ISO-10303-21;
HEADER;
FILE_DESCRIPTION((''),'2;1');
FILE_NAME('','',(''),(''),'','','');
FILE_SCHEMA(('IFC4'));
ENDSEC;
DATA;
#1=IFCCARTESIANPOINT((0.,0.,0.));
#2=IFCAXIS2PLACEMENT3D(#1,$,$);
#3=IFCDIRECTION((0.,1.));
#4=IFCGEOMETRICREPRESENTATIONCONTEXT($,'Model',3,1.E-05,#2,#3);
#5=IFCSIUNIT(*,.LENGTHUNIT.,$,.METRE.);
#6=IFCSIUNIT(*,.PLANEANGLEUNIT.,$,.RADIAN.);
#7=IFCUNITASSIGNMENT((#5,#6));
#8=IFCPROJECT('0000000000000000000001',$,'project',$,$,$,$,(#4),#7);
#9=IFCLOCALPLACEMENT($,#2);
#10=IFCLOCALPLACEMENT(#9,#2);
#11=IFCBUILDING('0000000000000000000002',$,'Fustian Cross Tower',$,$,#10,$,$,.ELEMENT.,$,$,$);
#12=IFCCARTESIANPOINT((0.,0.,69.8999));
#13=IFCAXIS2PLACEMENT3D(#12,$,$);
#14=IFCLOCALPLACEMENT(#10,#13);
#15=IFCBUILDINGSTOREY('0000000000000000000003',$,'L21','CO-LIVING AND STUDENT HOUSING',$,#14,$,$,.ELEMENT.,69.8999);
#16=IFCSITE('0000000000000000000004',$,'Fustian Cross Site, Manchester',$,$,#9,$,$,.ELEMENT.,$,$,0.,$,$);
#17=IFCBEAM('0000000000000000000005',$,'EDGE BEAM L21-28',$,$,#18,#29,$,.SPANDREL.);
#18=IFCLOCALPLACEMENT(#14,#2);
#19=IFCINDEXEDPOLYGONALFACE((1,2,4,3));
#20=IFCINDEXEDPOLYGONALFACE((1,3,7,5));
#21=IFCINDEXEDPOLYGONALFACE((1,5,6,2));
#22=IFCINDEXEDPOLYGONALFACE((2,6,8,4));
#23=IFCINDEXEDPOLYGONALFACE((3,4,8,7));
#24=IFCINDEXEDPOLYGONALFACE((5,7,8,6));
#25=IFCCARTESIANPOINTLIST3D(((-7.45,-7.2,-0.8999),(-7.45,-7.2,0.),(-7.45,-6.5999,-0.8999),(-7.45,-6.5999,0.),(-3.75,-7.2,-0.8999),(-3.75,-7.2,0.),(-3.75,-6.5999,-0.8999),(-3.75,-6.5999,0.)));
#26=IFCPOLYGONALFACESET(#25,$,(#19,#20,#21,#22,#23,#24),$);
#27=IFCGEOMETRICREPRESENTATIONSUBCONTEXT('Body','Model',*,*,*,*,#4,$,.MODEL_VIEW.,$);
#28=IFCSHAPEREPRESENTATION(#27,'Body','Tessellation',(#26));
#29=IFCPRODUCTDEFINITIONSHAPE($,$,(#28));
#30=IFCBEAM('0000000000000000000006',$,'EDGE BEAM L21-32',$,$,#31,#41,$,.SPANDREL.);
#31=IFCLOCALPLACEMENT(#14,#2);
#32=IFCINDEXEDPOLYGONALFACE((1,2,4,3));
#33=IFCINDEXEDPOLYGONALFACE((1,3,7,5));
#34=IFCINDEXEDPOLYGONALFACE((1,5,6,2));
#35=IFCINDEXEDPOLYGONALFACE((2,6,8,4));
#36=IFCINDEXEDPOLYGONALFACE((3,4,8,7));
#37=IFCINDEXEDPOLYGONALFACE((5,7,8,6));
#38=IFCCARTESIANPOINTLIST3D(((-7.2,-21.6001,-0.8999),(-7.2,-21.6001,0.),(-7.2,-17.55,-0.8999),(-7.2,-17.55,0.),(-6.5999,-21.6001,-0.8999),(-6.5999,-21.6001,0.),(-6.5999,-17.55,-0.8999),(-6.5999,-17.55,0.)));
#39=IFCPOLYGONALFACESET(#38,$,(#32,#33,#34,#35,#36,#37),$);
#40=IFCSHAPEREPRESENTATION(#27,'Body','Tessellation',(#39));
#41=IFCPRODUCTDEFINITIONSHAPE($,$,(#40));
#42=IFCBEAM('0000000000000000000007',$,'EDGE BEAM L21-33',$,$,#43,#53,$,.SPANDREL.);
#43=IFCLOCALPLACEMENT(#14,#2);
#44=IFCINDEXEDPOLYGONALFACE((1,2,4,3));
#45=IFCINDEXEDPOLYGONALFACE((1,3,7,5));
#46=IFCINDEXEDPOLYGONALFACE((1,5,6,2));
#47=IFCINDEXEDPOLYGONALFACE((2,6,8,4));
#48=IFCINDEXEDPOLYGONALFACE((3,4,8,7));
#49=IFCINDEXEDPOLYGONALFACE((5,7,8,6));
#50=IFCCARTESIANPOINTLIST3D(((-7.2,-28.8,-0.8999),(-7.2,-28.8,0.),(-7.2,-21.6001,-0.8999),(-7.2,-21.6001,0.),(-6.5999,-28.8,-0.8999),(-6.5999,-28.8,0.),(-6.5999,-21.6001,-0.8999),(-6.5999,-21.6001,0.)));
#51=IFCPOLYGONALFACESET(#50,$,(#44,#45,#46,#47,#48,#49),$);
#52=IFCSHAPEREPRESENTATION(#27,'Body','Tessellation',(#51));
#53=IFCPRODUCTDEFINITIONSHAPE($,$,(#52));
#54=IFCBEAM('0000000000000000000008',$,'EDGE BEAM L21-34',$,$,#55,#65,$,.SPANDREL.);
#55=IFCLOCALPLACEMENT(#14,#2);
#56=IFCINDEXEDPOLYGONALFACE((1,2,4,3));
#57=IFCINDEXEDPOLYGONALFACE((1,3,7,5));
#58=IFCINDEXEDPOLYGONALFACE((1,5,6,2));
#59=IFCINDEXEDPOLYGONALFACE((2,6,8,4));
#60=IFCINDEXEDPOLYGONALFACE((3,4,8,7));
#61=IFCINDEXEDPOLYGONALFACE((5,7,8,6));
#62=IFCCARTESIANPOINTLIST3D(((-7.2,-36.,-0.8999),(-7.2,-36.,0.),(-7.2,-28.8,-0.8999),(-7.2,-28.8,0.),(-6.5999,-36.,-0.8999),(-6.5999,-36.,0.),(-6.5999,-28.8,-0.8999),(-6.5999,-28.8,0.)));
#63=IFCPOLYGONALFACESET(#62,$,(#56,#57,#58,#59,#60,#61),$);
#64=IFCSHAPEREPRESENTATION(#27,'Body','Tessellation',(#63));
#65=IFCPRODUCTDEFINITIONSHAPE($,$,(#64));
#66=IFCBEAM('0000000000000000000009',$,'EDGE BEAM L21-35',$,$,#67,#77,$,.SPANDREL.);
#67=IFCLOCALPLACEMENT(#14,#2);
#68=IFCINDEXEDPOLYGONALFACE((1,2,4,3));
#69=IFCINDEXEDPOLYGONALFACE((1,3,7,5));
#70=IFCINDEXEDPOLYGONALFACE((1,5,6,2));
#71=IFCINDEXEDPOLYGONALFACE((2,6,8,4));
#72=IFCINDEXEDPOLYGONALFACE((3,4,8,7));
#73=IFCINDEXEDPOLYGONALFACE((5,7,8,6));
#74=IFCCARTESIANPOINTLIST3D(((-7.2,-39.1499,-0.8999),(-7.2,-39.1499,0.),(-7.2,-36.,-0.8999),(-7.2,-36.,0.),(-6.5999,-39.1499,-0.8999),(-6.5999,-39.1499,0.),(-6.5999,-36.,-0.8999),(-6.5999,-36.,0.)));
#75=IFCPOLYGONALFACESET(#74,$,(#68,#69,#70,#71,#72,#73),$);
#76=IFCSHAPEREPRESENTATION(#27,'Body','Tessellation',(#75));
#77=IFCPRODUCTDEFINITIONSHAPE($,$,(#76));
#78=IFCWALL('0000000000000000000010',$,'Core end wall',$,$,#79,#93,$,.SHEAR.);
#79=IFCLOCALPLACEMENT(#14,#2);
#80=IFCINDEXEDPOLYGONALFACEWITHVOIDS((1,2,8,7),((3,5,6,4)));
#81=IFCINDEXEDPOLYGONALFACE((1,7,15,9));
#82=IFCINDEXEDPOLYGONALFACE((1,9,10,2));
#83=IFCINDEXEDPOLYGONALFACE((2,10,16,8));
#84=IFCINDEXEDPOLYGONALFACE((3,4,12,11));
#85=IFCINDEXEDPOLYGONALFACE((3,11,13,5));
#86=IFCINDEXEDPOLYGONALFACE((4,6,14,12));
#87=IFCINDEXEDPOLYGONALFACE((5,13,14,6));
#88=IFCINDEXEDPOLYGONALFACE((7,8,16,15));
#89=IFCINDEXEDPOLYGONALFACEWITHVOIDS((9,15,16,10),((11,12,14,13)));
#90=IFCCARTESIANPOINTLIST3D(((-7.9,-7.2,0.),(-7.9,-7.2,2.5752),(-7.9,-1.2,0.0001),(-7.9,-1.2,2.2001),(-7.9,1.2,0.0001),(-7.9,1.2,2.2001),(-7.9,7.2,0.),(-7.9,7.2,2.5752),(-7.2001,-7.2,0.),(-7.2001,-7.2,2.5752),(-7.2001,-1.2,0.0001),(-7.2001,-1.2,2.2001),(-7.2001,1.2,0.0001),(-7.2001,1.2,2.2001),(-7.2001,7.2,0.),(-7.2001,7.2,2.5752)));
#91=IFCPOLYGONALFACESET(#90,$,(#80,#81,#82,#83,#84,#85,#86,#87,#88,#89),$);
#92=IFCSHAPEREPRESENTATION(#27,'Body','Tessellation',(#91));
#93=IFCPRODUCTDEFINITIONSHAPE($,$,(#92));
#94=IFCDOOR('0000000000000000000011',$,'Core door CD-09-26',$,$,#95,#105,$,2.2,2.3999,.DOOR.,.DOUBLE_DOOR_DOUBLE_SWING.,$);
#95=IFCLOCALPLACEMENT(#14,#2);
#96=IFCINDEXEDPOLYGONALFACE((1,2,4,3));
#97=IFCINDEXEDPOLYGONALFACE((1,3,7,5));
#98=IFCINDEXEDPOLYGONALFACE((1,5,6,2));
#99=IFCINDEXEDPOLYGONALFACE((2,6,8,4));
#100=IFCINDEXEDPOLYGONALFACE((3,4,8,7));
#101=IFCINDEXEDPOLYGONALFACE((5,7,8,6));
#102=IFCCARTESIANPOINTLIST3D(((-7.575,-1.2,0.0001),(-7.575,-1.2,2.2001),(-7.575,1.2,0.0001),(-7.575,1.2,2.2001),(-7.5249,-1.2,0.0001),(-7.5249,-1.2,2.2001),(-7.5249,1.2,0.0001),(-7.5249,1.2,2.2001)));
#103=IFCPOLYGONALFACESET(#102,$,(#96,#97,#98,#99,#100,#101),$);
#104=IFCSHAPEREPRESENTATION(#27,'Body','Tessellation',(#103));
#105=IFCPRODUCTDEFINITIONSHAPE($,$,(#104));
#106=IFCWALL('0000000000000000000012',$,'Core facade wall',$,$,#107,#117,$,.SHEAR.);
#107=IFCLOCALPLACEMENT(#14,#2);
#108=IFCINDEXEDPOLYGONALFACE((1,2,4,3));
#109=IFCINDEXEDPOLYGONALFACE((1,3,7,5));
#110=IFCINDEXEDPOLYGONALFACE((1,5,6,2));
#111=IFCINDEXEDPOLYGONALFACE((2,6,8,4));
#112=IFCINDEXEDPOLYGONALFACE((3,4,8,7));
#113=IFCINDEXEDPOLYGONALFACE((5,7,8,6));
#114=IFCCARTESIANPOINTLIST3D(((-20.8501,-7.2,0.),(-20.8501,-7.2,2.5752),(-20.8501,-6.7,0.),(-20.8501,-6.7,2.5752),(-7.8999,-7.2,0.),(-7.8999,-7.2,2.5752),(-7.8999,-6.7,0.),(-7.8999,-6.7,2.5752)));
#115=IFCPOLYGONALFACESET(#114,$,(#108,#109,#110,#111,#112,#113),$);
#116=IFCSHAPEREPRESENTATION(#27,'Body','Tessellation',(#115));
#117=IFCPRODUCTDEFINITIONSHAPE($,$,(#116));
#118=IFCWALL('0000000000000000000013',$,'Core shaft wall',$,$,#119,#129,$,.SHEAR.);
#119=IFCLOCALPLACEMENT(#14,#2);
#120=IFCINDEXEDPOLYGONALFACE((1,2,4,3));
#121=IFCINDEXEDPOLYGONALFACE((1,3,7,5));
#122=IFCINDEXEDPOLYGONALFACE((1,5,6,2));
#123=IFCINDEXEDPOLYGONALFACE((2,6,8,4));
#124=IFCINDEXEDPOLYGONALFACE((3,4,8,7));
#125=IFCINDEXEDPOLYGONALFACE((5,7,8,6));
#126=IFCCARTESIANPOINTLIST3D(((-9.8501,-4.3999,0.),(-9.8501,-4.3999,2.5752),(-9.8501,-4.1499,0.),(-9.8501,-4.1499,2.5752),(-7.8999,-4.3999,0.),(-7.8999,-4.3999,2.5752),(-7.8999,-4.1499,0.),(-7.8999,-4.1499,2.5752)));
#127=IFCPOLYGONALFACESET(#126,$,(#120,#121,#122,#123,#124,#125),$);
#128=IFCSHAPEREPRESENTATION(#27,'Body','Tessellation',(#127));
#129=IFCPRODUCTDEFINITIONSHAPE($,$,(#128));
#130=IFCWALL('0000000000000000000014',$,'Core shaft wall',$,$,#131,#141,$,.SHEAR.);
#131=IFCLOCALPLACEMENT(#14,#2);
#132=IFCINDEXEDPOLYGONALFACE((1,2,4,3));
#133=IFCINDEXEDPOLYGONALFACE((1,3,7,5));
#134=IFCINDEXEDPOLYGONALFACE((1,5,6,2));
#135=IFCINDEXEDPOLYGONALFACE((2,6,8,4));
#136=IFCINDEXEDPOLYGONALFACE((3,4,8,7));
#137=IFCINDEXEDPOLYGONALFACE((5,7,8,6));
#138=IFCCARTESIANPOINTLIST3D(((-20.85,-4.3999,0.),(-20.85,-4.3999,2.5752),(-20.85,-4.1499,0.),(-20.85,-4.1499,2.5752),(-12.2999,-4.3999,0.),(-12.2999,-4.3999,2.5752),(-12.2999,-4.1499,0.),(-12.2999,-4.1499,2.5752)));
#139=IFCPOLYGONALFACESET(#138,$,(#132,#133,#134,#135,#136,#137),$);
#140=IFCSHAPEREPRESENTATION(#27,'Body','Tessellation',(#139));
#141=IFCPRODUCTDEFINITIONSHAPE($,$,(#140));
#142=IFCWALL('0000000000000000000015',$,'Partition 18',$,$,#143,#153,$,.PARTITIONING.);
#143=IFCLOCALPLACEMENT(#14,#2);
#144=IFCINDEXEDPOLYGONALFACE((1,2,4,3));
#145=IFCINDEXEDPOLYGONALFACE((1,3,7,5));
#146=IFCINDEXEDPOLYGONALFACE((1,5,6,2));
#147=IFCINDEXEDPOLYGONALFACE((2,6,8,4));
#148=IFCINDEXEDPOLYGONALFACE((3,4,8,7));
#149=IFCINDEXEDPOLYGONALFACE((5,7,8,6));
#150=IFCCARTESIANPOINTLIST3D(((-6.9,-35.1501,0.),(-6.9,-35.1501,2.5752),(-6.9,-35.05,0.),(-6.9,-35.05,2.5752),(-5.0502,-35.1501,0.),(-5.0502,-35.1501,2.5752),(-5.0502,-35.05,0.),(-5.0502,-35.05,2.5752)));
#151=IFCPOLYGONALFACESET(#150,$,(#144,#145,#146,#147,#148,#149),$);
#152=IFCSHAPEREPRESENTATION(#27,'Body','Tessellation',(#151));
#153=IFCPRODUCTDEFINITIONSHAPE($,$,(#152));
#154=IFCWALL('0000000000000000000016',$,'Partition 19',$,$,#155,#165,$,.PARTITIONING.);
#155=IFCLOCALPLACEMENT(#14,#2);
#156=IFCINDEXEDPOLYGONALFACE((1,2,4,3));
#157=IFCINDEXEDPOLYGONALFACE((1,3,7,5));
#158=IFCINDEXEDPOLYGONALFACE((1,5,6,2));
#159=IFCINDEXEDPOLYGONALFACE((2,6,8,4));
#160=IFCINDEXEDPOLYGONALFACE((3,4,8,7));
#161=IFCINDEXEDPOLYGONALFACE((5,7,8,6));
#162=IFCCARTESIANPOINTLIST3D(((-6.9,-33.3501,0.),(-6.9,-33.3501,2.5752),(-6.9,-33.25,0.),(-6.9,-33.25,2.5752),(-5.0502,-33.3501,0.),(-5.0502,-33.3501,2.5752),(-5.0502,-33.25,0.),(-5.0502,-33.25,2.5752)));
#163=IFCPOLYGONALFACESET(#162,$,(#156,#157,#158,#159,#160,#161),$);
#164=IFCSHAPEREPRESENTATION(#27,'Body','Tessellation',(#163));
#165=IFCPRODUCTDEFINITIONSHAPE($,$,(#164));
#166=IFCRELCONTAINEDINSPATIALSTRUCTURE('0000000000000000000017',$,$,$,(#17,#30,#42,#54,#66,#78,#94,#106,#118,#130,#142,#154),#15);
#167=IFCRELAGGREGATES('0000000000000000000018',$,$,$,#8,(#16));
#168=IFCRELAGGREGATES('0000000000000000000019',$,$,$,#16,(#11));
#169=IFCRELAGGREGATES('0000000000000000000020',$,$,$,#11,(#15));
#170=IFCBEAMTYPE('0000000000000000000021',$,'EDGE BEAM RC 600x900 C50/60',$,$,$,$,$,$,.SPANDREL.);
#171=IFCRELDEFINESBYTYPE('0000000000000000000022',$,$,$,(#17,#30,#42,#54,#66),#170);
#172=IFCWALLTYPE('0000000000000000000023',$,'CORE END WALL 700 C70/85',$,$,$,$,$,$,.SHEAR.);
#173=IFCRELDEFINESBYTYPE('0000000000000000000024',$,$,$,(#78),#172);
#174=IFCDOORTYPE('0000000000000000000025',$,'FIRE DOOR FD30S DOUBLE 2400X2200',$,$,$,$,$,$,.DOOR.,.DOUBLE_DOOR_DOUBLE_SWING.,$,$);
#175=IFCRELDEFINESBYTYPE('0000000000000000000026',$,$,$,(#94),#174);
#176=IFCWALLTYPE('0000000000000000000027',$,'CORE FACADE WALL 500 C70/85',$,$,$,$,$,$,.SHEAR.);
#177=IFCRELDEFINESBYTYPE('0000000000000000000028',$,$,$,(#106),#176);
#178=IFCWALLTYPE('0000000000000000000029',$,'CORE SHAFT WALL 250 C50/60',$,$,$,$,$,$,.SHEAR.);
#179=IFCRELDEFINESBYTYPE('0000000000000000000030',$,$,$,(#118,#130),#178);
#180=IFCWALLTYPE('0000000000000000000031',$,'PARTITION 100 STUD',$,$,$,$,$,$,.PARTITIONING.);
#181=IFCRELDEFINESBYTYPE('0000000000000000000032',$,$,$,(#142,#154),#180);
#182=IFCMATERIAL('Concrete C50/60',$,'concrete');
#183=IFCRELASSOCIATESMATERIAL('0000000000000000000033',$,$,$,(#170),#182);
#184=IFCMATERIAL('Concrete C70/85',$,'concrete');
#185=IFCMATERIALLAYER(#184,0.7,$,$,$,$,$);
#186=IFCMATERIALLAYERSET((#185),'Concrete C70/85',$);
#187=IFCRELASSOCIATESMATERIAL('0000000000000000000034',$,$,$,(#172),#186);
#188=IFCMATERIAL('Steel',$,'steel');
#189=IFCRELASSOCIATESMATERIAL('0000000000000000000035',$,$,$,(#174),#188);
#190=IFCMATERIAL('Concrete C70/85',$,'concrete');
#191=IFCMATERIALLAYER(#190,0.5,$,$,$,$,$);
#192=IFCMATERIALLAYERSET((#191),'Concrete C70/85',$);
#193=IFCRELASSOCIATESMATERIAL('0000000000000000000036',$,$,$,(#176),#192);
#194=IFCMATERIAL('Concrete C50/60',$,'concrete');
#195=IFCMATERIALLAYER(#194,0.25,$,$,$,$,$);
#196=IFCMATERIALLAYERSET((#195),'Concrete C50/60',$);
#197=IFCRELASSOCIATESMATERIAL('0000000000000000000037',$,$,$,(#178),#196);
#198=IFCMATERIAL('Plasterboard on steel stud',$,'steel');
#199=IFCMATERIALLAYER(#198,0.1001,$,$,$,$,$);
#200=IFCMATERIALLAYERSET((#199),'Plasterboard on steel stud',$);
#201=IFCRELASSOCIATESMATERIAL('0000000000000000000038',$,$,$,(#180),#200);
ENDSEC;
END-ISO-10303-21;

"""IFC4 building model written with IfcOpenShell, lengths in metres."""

from ifc_helpers import new_model, si_unit, direction, frame, frame_2d, origin, origin_2d, place, context, subcontext, project, spatial, rectangle, extrude, material, layer, layer_set, material_profile, profile_set, type_object, element, fill, save


model = new_model("IFC4")

# Units and contexts
model_context = context("Model", 3, precision=1e-05, world=origin(), true_north=direction((0.0, 1.0)))
body_context = subcontext(model_context, "Body", "Model", "MODEL_VIEW")
ifc_project = project(units=[si_unit("LENGTHUNIT", "METRE"), si_unit("PLANEANGLEUNIT", "RADIAN")], contexts=[model_context])

# Site, building, storey
site_placement = place(None, origin())
site = spatial("IfcSite", under=ifc_project, at=site_placement, Name="Fustian Cross Site, Manchester", CompositionType="ELEMENT", RefElevation=0.0)
building_placement = place(site_placement, origin())
building = spatial("IfcBuilding", under=site, at=building_placement, Name="Fustian Cross Tower", CompositionType="ELEMENT")
storey_placement = place(building_placement, frame((0.0, 0.0, 69.8999)))
storey = spatial("IfcBuildingStorey", under=building, at=storey_placement, Name="L21", Description="CO-LIVING AND STUDENT HOUSING", CompositionType="ELEMENT", Elevation=69.8999)

# Beams
ifc_material_1 = material(Name="Concrete C50/60", Category="concrete")
ifc_material_profile = material_profile(ifc_material_1, rectangle(XDim=0.6001, YDim=0.8999, at=origin_2d()), Name="RC 600x900")
ifc_profile_set = profile_set([ifc_material_profile], Name="Concrete C50/60")
beam_type = type_object("IfcBeamType", Name="EDGE BEAM RC 600x900 C50/60", PredefinedType="SPANDREL", material=ifc_profile_set)
beam_1_placement = place(storey_placement, frame((-7.45, -6.8999, -0.45), z_axis=(1.0, 0.0, 0.0), x_axis=(0.0, 1.0, 0.0)))
element("IfcBeam", 1, at=beam_1_placement, inside=storey, type_object=beam_type, Name="EDGE BEAM L21-28", PredefinedType="SPANDREL", context=body_context, shape_type="SweptSolid", body=[
    extrude(rectangle(XDim=0.6001, YDim=0.8999, at=origin_2d()), origin(), (0.0, 0.0, 1.0), 3.7),
])
beam_2_placement = place(storey_placement, frame((-6.8999, -17.55, -0.45), z_axis=(0.0, -1.0, 0.0), x_axis=(1.0, 0.0, 0.0)))
element("IfcBeam", 2, at=beam_2_placement, inside=storey, type_object=beam_type, Name="EDGE BEAM L21-32", PredefinedType="SPANDREL", context=body_context, shape_type="SweptSolid", body=[
    extrude(rectangle(XDim=0.6001, YDim=0.8999, at=origin_2d()), origin(), (0.0, 0.0, 1.0), 4.05),
])
for number, where, z_axis, x_axis, name in (
    (3, (-6.8999, -21.6001, -0.45), (0.0, -1.0, 0.0), (1.0, 0.0, 0.0), "EDGE BEAM L21-33"),
    (4, (-6.8999, -28.8, -0.45), (0.0, -1.0, 0.0), (1.0, 0.0, 0.0), "EDGE BEAM L21-34"),
):
    element("IfcBeam", number, at=place(storey_placement, frame(where, z_axis=z_axis, x_axis=x_axis)), inside=storey, type_object=beam_type, Name=name, PredefinedType="SPANDREL", context=body_context, shape_type="SweptSolid", body=[
        extrude(rectangle(XDim=0.6001, YDim=0.8999, at=origin_2d()), origin(), (0.0, 0.0, 1.0), 7.2),
    ])
beam_3_placement = place(storey_placement, frame((-6.8999, -36.0, -0.45), z_axis=(0.0, -1.0, 0.0), x_axis=(1.0, 0.0, 0.0)))
element("IfcBeam", 5, at=beam_3_placement, inside=storey, type_object=beam_type, Name="EDGE BEAM L21-35", PredefinedType="SPANDREL", context=body_context, shape_type="SweptSolid", body=[
    extrude(rectangle(XDim=0.6001, YDim=0.8999, at=origin_2d()), origin(), (0.0, 0.0, 1.0), 3.1499),
])

# Wall, opening, door
ifc_material_2 = material(Name="Concrete C70/85", Category="concrete")
ifc_layer_1 = layer(ifc_material_2, 0.7)
ifc_layer_set_1 = layer_set([ifc_layer_1], Name="Concrete C70/85")
wall_type_1 = type_object("IfcWallType", Name="CORE END WALL 700 C70/85", PredefinedType="SHEAR", material=ifc_layer_set_1)
wall_1_placement = place(storey_placement, frame((-7.55, -7.2, 0.0), z_axis=(0.0, 0.0, 1.0), x_axis=(0.0, 1.0, 0.0)))
wall_1 = element("IfcWall", 6, at=wall_1_placement, inside=storey, type_object=wall_type_1, Name="Core end wall", PredefinedType="SHEAR", context=body_context, shape_type="SweptSolid", body=[
    extrude(rectangle(XDim=14.3999, YDim=0.7, at=frame_2d((7.2, 0.0))), origin(), (0.0, 0.0, 1.0), 2.5752),
])
opening_1_placement = place(wall_1_placement, frame((6.0, 0.0, 0.0)))
opening_1 = element("IfcOpeningElement", 7, at=opening_1_placement, cuts=wall_1, PredefinedType="OPENING", context=body_context, shape_type="SweptSolid", body=[
    extrude(rectangle(XDim=2.3999, YDim=2.2, at=frame_2d((1.2, 1.1001))), frame((0.0, 0.3599, 0.0), z_axis=(0.0, -1.0, 0.0), x_axis=(1.0, 0.0, 0.0)), (0.0, 0.0, 1.0), 0.72),
])
ifc_material_3 = material(Name="Steel", Category="steel")
door_type_1 = type_object("IfcDoorType", Name="FIRE DOOR FD30S DOUBLE 2400X2200", OperationType="DOUBLE_DOOR_DOUBLE_SWING", PredefinedType="DOOR", material=ifc_material_3)
door_1_placement = place(opening_1_placement, origin())
door_1 = element("IfcDoor", 8, at=door_1_placement, inside=storey, type_object=door_type_1, Name="Core door CD-09-26", OperationType="DOUBLE_DOOR_DOUBLE_SWING", OverallHeight=2.2, OverallWidth=2.3999, PredefinedType="DOOR", context=body_context, shape_type="SweptSolid", body=[
    extrude(rectangle(XDim=2.3999, YDim=2.2, at=frame_2d((1.2, 1.1001))), frame((0.0, 0.0249, 0.0), z_axis=(0.0, -1.0, 0.0), x_axis=(1.0, 0.0, 0.0)), (0.0, 0.0, 1.0), 0.05),
])
fill(opening_1, door_1)

# Walls
ifc_material_4 = material(Name="Concrete C70/85", Category="concrete")
ifc_layer_2 = layer(ifc_material_4, 0.5)
ifc_layer_set_2 = layer_set([ifc_layer_2], Name="Concrete C70/85")
wall_type_2 = type_object("IfcWallType", Name="CORE FACADE WALL 500 C70/85", PredefinedType="SHEAR", material=ifc_layer_set_2)
wall_2_placement = place(storey_placement, frame((-7.8999, -6.95, 0.0), z_axis=(0.0, 0.0, 1.0), x_axis=(-1.0, 0.0, 0.0)))
element("IfcWall", 9, at=wall_2_placement, inside=storey, type_object=wall_type_2, Name="Core facade wall", PredefinedType="SHEAR", context=body_context, shape_type="SweptSolid", body=[
    extrude(rectangle(XDim=12.9502, YDim=0.5, at=frame_2d((6.4751, 0.0))), origin(), (0.0, 0.0, 1.0), 2.5752),
])
ifc_material_5 = material(Name="Concrete C50/60", Category="concrete")
ifc_layer_3 = layer(ifc_material_5, 0.25)
ifc_layer_set_3 = layer_set([ifc_layer_3], Name="Concrete C50/60")
wall_type_3 = type_object("IfcWallType", Name="CORE SHAFT WALL 250 C50/60", PredefinedType="SHEAR", material=ifc_layer_set_3)
wall_3_placement = place(storey_placement, frame((-7.8999, -4.2749, 0.0), z_axis=(0.0, 0.0, 1.0), x_axis=(-1.0, 0.0, 0.0)))
element("IfcWall", 10, at=wall_3_placement, inside=storey, type_object=wall_type_3, Name="Core shaft wall", PredefinedType="SHEAR", context=body_context, shape_type="SweptSolid", body=[
    extrude(rectangle(XDim=1.9502, YDim=0.25, at=frame_2d((0.9751, 0.0))), origin(), (0.0, 0.0, 1.0), 2.5752),
])
wall_4_placement = place(storey_placement, frame((-12.3, -4.2749, 0.0), z_axis=(0.0, 0.0, 1.0), x_axis=(-1.0, 0.0, 0.0)))
element("IfcWall", 11, at=wall_4_placement, inside=storey, type_object=wall_type_3, Name="Core shaft wall", PredefinedType="SHEAR", context=body_context, shape_type="SweptSolid", body=[
    extrude(rectangle(XDim=8.55, YDim=0.25, at=frame_2d((4.2749, 0.0))), origin(), (0.0, 0.0, 1.0), 2.5752),
])
ifc_material_6 = material(Name="Plasterboard on steel stud", Category="steel")
ifc_layer_4 = layer(ifc_material_6, 0.1001)
ifc_layer_set_4 = layer_set([ifc_layer_4], Name="Plasterboard on steel stud")
wall_type_4 = type_object("IfcWallType", Name="PARTITION 100 STUD", PredefinedType="PARTITIONING", material=ifc_layer_set_4)
for number, where, z_axis, x_axis, name in (
    (12, (-6.8999, -35.1001, 0.0), (0.0, 0.0, 1.0), (1.0, 0.0, 0.0), "Partition 18"),
    (13, (-6.8999, -33.3, 0.0), (0.0, 0.0, 1.0), (1.0, 0.0, 0.0), "Partition 19"),
):
    element("IfcWall", number, at=place(storey_placement, frame(where, z_axis=z_axis, x_axis=x_axis)), inside=storey, type_object=wall_type_4, Name=name, PredefinedType="PARTITIONING", context=body_context, shape_type="SweptSolid", body=[
        extrude(rectangle(XDim=1.8499, YDim=0.1001, at=frame_2d((0.9248, 0.0))), origin(), (0.0, 0.0, 1.0), 2.5752),
    ])

save(model, "model.ifc")
